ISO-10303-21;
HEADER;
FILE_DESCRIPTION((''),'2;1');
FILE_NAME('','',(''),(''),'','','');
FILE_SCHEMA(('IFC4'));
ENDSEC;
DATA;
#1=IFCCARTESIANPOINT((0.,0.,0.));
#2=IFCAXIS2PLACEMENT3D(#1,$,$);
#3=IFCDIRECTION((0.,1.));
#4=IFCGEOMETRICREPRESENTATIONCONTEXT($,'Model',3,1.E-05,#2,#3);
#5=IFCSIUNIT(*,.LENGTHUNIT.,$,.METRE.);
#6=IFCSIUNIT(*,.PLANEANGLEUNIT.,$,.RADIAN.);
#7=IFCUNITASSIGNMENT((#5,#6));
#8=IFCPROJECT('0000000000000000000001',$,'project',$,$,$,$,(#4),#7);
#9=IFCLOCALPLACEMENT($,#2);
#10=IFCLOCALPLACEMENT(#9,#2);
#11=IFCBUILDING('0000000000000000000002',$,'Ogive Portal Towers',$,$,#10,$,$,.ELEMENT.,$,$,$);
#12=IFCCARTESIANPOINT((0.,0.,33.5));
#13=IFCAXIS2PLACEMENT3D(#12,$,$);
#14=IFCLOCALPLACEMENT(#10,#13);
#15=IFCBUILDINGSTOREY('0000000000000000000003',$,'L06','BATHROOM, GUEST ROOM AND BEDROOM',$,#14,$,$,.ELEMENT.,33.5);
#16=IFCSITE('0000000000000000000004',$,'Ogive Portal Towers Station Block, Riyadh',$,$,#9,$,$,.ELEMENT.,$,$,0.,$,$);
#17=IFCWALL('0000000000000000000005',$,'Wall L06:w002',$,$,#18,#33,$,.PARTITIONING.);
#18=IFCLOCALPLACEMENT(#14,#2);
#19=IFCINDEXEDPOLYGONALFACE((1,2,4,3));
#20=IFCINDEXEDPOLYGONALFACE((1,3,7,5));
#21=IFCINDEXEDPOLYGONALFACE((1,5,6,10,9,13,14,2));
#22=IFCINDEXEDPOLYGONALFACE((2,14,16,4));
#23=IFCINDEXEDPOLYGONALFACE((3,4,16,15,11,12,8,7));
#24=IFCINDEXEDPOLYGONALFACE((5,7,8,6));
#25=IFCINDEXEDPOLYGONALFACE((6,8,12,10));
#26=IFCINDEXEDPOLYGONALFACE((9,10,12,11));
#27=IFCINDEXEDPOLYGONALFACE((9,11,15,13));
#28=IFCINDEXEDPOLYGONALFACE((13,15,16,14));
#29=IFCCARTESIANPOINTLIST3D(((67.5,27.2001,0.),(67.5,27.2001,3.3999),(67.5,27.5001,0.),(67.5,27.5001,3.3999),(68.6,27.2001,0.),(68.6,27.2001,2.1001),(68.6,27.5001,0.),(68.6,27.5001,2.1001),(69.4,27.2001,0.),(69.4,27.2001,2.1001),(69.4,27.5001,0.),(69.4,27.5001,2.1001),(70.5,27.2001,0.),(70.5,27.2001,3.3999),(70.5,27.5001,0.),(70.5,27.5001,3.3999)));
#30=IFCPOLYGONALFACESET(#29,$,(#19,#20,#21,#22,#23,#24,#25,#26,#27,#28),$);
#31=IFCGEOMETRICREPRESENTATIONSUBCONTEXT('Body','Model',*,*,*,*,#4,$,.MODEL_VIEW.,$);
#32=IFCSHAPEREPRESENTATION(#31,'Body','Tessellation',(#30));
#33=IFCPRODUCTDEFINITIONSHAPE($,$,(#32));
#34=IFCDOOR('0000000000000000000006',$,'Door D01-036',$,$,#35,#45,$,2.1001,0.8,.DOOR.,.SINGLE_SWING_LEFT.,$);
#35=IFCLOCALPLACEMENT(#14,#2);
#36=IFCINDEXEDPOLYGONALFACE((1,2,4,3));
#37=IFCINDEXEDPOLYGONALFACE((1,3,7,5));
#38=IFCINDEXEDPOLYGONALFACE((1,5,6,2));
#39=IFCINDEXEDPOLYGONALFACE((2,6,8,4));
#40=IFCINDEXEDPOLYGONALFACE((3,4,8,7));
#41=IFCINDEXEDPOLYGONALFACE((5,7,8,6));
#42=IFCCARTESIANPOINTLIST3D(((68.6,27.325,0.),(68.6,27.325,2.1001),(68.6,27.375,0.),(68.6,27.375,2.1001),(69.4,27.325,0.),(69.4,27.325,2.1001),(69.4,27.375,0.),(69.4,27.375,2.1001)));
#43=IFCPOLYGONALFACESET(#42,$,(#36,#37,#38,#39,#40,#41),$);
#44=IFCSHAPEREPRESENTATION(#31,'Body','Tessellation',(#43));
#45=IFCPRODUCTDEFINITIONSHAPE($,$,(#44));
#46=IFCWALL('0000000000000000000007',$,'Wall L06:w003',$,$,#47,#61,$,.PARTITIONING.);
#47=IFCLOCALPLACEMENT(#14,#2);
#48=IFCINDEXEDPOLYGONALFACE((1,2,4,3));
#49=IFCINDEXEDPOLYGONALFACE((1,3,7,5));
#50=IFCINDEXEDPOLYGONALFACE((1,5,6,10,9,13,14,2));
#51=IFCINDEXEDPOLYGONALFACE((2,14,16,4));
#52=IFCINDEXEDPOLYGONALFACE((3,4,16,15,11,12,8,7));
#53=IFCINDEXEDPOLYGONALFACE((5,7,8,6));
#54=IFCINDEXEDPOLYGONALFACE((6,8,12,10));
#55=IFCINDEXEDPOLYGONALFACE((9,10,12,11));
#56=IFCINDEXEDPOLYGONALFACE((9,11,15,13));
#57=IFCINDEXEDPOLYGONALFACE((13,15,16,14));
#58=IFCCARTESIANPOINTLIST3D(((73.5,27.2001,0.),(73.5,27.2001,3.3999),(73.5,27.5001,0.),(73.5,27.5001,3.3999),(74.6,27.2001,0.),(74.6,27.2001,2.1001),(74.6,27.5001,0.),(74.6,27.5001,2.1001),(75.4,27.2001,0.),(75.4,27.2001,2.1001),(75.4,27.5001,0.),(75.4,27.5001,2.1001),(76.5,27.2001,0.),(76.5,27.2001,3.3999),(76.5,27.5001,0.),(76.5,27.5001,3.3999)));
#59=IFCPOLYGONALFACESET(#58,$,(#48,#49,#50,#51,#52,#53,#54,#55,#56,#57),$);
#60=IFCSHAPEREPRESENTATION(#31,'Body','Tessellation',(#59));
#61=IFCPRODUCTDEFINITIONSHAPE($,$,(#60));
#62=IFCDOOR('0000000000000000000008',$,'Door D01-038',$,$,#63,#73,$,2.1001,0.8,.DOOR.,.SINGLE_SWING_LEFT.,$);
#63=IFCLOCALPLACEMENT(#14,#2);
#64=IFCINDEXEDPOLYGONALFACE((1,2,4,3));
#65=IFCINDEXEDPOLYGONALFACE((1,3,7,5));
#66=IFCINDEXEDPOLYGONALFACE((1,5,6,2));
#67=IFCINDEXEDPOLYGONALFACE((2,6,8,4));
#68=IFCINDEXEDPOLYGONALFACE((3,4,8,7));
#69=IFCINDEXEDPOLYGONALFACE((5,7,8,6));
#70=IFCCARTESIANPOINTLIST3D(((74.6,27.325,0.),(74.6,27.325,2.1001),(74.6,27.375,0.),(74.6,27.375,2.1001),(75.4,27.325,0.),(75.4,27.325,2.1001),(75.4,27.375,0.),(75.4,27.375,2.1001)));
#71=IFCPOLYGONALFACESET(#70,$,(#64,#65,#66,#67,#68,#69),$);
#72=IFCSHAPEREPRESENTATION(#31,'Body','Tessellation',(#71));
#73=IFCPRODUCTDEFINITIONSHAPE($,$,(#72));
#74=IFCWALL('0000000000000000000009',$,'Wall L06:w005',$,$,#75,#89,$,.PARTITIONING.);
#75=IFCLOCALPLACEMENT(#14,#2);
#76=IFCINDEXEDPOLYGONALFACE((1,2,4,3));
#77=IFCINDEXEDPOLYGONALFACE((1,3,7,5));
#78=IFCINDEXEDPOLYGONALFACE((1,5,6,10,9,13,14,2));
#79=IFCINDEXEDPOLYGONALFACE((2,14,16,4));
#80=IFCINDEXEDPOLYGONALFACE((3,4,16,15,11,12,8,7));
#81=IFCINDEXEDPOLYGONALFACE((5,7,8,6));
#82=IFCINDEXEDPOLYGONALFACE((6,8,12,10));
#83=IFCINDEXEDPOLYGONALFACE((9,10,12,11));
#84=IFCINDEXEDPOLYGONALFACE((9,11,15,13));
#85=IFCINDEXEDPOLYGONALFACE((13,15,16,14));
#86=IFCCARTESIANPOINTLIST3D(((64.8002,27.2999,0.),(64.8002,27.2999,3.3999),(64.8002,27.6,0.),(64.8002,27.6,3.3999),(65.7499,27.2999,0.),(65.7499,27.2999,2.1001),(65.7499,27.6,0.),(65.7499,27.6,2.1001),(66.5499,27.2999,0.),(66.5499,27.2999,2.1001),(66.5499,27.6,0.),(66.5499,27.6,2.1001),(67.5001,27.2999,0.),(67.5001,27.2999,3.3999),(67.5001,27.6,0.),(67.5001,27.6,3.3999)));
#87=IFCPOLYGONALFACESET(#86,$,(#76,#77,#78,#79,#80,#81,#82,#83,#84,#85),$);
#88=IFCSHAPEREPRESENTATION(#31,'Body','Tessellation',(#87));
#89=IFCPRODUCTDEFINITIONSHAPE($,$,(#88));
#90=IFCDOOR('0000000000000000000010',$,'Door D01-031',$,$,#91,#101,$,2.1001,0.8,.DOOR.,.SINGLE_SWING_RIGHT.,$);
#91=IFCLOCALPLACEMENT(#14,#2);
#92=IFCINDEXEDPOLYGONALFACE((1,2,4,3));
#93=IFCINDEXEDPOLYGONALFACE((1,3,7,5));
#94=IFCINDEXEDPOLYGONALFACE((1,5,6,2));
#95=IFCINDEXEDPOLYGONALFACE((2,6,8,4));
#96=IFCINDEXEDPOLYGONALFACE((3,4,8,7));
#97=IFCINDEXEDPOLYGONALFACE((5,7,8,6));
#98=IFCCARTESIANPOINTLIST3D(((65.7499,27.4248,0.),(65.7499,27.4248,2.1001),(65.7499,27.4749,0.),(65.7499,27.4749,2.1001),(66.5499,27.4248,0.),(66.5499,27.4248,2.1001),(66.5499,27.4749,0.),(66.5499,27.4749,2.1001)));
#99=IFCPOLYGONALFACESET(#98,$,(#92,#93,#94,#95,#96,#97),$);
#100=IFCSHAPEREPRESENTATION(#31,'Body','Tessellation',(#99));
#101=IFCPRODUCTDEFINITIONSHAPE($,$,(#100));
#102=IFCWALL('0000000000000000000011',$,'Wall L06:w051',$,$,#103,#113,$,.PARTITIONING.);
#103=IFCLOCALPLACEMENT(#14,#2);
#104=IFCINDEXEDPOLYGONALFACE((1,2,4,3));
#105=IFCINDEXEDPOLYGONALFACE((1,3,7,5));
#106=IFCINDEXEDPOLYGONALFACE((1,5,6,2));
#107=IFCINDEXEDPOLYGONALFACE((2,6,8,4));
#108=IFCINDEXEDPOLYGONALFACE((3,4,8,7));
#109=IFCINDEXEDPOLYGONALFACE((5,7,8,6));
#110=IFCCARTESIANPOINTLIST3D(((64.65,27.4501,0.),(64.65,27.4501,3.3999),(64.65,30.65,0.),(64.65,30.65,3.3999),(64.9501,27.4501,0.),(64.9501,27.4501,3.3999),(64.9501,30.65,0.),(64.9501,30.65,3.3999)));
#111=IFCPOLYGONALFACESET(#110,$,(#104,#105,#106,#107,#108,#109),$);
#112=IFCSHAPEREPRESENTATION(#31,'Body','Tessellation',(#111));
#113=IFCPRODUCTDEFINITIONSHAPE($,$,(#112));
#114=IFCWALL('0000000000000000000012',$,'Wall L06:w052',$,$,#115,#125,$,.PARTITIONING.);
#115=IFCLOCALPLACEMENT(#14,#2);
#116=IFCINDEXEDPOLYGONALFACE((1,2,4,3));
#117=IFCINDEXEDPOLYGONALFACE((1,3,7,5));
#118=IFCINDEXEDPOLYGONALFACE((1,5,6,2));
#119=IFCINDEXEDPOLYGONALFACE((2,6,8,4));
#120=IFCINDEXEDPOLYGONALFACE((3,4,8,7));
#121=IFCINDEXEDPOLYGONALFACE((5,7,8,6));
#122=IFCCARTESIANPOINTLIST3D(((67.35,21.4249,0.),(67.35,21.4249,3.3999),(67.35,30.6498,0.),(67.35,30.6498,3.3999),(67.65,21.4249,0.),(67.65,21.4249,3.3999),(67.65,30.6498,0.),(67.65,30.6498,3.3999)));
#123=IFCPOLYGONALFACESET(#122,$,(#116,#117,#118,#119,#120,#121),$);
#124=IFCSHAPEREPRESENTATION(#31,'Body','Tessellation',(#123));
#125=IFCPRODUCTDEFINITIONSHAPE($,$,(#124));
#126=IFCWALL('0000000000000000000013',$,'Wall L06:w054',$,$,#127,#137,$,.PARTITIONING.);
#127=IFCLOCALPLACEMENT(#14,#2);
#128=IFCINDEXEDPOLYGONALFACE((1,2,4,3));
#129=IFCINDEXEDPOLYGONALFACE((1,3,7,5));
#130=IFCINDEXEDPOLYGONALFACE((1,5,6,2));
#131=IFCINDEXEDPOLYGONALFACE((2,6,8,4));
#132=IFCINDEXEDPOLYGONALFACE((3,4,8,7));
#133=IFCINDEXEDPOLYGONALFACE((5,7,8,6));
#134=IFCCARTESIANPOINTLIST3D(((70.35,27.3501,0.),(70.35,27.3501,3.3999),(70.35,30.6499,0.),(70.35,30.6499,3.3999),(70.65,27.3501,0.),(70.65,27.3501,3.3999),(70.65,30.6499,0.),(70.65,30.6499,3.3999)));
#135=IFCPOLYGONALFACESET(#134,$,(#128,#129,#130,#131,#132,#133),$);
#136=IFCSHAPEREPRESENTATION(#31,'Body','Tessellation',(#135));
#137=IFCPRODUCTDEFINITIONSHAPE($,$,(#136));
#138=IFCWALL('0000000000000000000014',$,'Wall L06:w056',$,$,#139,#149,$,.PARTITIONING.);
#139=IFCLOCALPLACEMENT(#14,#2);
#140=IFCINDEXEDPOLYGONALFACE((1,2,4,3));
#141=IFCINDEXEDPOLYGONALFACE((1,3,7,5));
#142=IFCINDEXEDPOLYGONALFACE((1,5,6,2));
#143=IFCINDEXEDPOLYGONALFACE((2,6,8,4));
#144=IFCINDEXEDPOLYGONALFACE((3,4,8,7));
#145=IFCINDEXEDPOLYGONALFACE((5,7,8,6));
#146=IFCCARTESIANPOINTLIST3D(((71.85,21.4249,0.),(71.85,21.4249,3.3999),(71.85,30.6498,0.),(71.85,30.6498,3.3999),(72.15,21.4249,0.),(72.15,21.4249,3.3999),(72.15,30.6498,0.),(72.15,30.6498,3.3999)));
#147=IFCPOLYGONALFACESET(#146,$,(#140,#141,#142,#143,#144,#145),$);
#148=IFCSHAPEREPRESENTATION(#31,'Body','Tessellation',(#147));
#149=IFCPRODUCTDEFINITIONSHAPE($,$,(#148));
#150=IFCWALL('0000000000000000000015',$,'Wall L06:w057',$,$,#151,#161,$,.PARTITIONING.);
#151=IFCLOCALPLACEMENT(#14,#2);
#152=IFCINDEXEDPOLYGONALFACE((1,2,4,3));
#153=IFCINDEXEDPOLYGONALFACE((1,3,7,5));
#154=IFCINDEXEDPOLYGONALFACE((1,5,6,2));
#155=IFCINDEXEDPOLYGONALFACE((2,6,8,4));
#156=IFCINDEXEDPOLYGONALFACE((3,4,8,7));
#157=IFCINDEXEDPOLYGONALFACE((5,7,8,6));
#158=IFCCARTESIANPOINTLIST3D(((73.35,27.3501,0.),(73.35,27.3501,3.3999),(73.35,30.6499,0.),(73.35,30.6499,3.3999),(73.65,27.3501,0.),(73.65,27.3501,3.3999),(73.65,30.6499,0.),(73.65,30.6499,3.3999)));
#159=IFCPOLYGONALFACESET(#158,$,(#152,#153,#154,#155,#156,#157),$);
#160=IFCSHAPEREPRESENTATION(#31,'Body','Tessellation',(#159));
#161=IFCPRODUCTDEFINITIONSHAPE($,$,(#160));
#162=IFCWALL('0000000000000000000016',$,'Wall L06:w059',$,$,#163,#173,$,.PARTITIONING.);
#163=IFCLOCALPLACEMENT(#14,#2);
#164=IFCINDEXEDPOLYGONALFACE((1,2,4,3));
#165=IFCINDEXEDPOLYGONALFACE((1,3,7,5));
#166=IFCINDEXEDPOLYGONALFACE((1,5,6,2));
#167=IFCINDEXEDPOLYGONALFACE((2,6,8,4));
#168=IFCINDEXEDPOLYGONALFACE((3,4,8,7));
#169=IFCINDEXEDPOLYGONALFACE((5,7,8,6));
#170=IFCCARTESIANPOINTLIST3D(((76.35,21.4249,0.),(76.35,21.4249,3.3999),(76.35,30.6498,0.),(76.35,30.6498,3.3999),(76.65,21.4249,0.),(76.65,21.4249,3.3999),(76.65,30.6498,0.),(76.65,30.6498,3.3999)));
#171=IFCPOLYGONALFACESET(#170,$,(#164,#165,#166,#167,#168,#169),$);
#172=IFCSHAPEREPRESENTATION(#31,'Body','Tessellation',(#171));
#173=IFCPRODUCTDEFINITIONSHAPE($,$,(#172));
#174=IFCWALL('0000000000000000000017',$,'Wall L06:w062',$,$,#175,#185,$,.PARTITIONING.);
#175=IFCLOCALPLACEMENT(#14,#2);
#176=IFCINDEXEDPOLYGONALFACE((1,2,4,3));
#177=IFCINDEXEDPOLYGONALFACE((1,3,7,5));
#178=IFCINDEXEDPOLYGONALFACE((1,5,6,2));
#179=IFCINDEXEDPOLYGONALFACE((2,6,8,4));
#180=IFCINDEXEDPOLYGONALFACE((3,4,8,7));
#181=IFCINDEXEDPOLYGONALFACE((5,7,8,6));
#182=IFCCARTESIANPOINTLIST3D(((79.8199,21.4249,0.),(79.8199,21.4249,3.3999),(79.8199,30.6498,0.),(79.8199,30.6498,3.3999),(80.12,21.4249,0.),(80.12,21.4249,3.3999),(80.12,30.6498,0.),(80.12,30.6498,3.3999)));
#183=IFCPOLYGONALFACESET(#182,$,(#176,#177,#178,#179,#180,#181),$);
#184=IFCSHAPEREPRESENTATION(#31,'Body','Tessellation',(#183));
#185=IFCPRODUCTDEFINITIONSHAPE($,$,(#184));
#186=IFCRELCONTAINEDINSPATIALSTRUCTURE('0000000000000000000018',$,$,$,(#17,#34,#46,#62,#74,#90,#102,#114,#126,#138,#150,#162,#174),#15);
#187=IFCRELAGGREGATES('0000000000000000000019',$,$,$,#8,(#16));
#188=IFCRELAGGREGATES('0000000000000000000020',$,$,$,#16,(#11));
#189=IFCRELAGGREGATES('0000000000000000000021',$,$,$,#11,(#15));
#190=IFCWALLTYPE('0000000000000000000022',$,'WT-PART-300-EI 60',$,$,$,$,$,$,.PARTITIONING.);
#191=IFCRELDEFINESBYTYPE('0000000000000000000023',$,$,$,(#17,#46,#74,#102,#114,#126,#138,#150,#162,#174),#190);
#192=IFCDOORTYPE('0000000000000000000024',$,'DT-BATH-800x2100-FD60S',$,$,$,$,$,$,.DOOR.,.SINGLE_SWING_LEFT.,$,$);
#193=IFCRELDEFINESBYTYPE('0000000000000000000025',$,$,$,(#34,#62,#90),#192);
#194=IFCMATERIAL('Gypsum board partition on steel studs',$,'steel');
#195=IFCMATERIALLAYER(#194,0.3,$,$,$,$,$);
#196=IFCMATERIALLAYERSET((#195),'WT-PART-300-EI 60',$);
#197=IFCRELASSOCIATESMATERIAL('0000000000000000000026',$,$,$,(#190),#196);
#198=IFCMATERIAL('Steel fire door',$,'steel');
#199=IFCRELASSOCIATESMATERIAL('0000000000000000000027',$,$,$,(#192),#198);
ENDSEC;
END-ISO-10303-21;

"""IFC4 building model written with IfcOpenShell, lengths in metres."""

from ifc_helpers import new_model, si_unit, direction, frame, frame_2d, origin, place, context, subcontext, project, spatial, rectangle, extrude, material, layer, layer_set, type_object, element, fill, save


model = new_model("IFC4")

# Units and contexts
model_context = context("Model", 3, precision=1e-05, world=origin(), true_north=direction((0.0, 1.0)))
body_context = subcontext(model_context, "Body", "Model", "MODEL_VIEW")
ifc_project = project(units=[si_unit("LENGTHUNIT", "METRE"), si_unit("PLANEANGLEUNIT", "RADIAN")], contexts=[model_context])

# Site, building, storey
site_placement = place(None, origin())
site = spatial("IfcSite", under=ifc_project, at=site_placement, Name="Ogive Portal Towers Station Block, Riyadh", CompositionType="ELEMENT", RefElevation=0.0)
building_placement = place(site_placement, origin())
building = spatial("IfcBuilding", under=site, at=building_placement, Name="Ogive Portal Towers", CompositionType="ELEMENT")
storey_placement = place(building_placement, frame((0.0, 0.0, 33.5)))
storey = spatial("IfcBuildingStorey", under=building, at=storey_placement, Name="L06", Description="BATHROOM, GUEST ROOM AND BEDROOM", CompositionType="ELEMENT", Elevation=33.5)

# Walls, openings, doors
ifc_material_1 = material(Name="Gypsum board partition on steel studs", Category="steel")
ifc_layer_1 = layer(ifc_material_1, 0.3)
ifc_layer_set_1 = layer_set([ifc_layer_1], Name="WT-PART-300-EI 60")
wall_type_1 = type_object("IfcWallType", Name="WT-PART-300-EI 60", PredefinedType="PARTITIONING", material=ifc_layer_set_1)
wall_1_placement = place(storey_placement, frame((67.5, 27.3501, 0.0), z_axis=(0.0, 0.0, 1.0), x_axis=(1.0, 0.0, 0.0)))
wall_1 = element("IfcWall", 1, at=wall_1_placement, inside=storey, type_object=wall_type_1, Name="Wall L06:w002", PredefinedType="PARTITIONING", context=body_context, shape_type="SweptSolid", body=[
    extrude(rectangle(XDim=3.0, YDim=0.3, at=frame_2d((1.5, 0.0))), origin(), (0.0, 0.0, 1.0), 3.3999),
])
opening_1_placement = place(wall_1_placement, frame((1.1001, 0.0, 0.0)))
opening_1 = element("IfcOpeningElement", 2, at=opening_1_placement, cuts=wall_1, PredefinedType="OPENING", context=body_context, shape_type="SweptSolid", body=[
    extrude(rectangle(XDim=0.8, YDim=2.1001, at=frame_2d((0.3999, 1.05))), frame((0.0, 0.1602, 0.0), z_axis=(0.0, -1.0, 0.0), x_axis=(1.0, 0.0, 0.0)), (0.0, 0.0, 1.0), 0.3201),
])
ifc_material_2 = material(Name="Steel fire door", Category="steel")
door_type = type_object("IfcDoorType", Name="DT-BATH-800x2100-FD60S", OperationType="SINGLE_SWING_LEFT", PredefinedType="DOOR", material=ifc_material_2)
door_1_placement = place(opening_1_placement, origin())
door_1 = element("IfcDoor", 3, at=door_1_placement, inside=storey, type_object=door_type, Name="Door D01-036", OperationType="SINGLE_SWING_LEFT", OverallHeight=2.1001, OverallWidth=0.8, PredefinedType="DOOR", context=body_context, shape_type="SweptSolid", body=[
    extrude(rectangle(XDim=0.8, YDim=2.1001, at=frame_2d((0.3999, 1.05))), frame((0.0, 0.0249, 0.0), z_axis=(0.0, -1.0, 0.0), x_axis=(1.0, 0.0, 0.0)), (0.0, 0.0, 1.0), 0.05),
])
fill(opening_1, door_1)
wall_2_placement = place(storey_placement, frame((73.5, 27.3501, 0.0), z_axis=(0.0, 0.0, 1.0), x_axis=(1.0, 0.0, 0.0)))
wall_2 = element("IfcWall", 4, at=wall_2_placement, inside=storey, type_object=wall_type_1, Name="Wall L06:w003", PredefinedType="PARTITIONING", context=body_context, shape_type="SweptSolid", body=[
    extrude(rectangle(XDim=3.0, YDim=0.3, at=frame_2d((1.5, 0.0))), origin(), (0.0, 0.0, 1.0), 3.3999),
])
opening_2_placement = place(wall_2_placement, frame((1.1001, 0.0, 0.0)))
opening_2 = element("IfcOpeningElement", 5, at=opening_2_placement, cuts=wall_2, PredefinedType="OPENING", context=body_context, shape_type="SweptSolid", body=[
    extrude(rectangle(XDim=0.8, YDim=2.1001, at=frame_2d((0.3999, 1.05))), frame((0.0, 0.1602, 0.0), z_axis=(0.0, -1.0, 0.0), x_axis=(1.0, 0.0, 0.0)), (0.0, 0.0, 1.0), 0.3201),
])
door_2_placement = place(opening_2_placement, origin())
door_2 = element("IfcDoor", 6, at=door_2_placement, inside=storey, type_object=door_type, Name="Door D01-038", OperationType="SINGLE_SWING_LEFT", OverallHeight=2.1001, OverallWidth=0.8, PredefinedType="DOOR", context=body_context, shape_type="SweptSolid", body=[
    extrude(rectangle(XDim=0.8, YDim=2.1001, at=frame_2d((0.3999, 1.05))), frame((0.0, 0.0249, 0.0), z_axis=(0.0, -1.0, 0.0), x_axis=(1.0, 0.0, 0.0)), (0.0, 0.0, 1.0), 0.05),
])
fill(opening_2, door_2)
wall_3_placement = place(storey_placement, frame((64.8, 27.45, 0.0), z_axis=(0.0, 0.0, 1.0), x_axis=(1.0, 0.0, 0.0)))
wall_3 = element("IfcWall", 7, at=wall_3_placement, inside=storey, type_object=wall_type_1, Name="Wall L06:w005", PredefinedType="PARTITIONING", context=body_context, shape_type="SweptSolid", body=[
    extrude(rectangle(XDim=2.7, YDim=0.3, at=frame_2d((1.3501, 0.0))), origin(), (0.0, 0.0, 1.0), 3.3999),
])
opening_3_placement = place(wall_3_placement, frame((0.95, 0.0, 0.0)))
opening_3 = element("IfcOpeningElement", 8, at=opening_3_placement, cuts=wall_3, PredefinedType="OPENING", context=body_context, shape_type="SweptSolid", body=[
    extrude(rectangle(XDim=0.8, YDim=2.1001, at=frame_2d((0.3999, 1.05))), frame((0.0, 0.1602, 0.0), z_axis=(0.0, -1.0, 0.0), x_axis=(1.0, 0.0, 0.0)), (0.0, 0.0, 1.0), 0.3201),
])
door_3_placement = place(opening_3_placement, origin())
door_3 = element("IfcDoor", 9, at=door_3_placement, inside=storey, type_object=door_type, Name="Door D01-031", OperationType="SINGLE_SWING_RIGHT", OverallHeight=2.1001, OverallWidth=0.8, PredefinedType="DOOR", context=body_context, shape_type="SweptSolid", body=[
    extrude(rectangle(XDim=0.8, YDim=2.1001, at=frame_2d((0.3999, 1.05))), frame((0.0, 0.0249, 0.0), z_axis=(0.0, -1.0, 0.0), x_axis=(1.0, 0.0, 0.0)), (0.0, 0.0, 1.0), 0.05),
])
fill(opening_3, door_3)

# Walls
wall_4_placement = place(storey_placement, frame((64.8, 27.45, 0.0), z_axis=(0.0, 0.0, 1.0), x_axis=(0.0, 1.0, 0.0)))
element("IfcWall", 10, at=wall_4_placement, inside=storey, type_object=wall_type_1, Name="Wall L06:w051", PredefinedType="PARTITIONING", context=body_context, shape_type="SweptSolid", body=[
    extrude(rectangle(XDim=3.2, YDim=0.3, at=frame_2d((1.6001, 0.0))), origin(), (0.0, 0.0, 1.0), 3.3999),
])
wall_5_placement = place(storey_placement, frame((67.5, 21.425, 0.0), z_axis=(0.0, 0.0, 1.0), x_axis=(0.0, 1.0, 0.0)))
element("IfcWall", 11, at=wall_5_placement, inside=storey, type_object=wall_type_1, Name="Wall L06:w052", PredefinedType="PARTITIONING", context=body_context, shape_type="SweptSolid", body=[
    extrude(rectangle(XDim=9.2249, YDim=0.3, at=frame_2d((4.6123, 0.0))), origin(), (0.0, 0.0, 1.0), 3.3999),
])
wall_6_placement = place(storey_placement, frame((70.5, 27.3501, 0.0), z_axis=(0.0, 0.0, 1.0), x_axis=(0.0, 1.0, 0.0)))
element("IfcWall", 12, at=wall_6_placement, inside=storey, type_object=wall_type_1, Name="Wall L06:w054", PredefinedType="PARTITIONING", context=body_context, shape_type="SweptSolid", body=[
    extrude(rectangle(XDim=3.2998, YDim=0.3, at=frame_2d((1.6499, 0.0))), origin(), (0.0, 0.0, 1.0), 3.3999),
])
wall_7_placement = place(storey_placement, frame((72.0, 21.425, 0.0), z_axis=(0.0, 0.0, 1.0), x_axis=(0.0, 1.0, 0.0)))
element("IfcWall", 13, at=wall_7_placement, inside=storey, type_object=wall_type_1, Name="Wall L06:w056", PredefinedType="PARTITIONING", context=body_context, shape_type="SweptSolid", body=[
    extrude(rectangle(XDim=9.2249, YDim=0.3, at=frame_2d((4.6123, 0.0))), origin(), (0.0, 0.0, 1.0), 3.3999),
])
wall_8_placement = place(storey_placement, frame((73.5, 27.3501, 0.0), z_axis=(0.0, 0.0, 1.0), x_axis=(0.0, 1.0, 0.0)))
element("IfcWall", 14, at=wall_8_placement, inside=storey, type_object=wall_type_1, Name="Wall L06:w057", PredefinedType="PARTITIONING", context=body_context, shape_type="SweptSolid", body=[
    extrude(rectangle(XDim=3.2998, YDim=0.3, at=frame_2d((1.6499, 0.0))), origin(), (0.0, 0.0, 1.0), 3.3999),
])
for number, where, z_axis, x_axis, name in (
    (15, (76.5, 21.425, 0.0), (0.0, 0.0, 1.0), (0.0, 1.0, 0.0), "Wall L06:w059"),
    (16, (79.97, 21.425, 0.0), (0.0, 0.0, 1.0), (0.0, 1.0, 0.0), "Wall L06:w062"),
):
    element("IfcWall", number, at=place(storey_placement, frame(where, z_axis=z_axis, x_axis=x_axis)), inside=storey, type_object=wall_type_1, Name=name, PredefinedType="PARTITIONING", context=body_context, shape_type="SweptSolid", body=[
        extrude(rectangle(XDim=9.2249, YDim=0.3, at=frame_2d((4.6123, 0.0))), origin(), (0.0, 0.0, 1.0), 3.3999),
    ])

save(model, "model.ifc")
